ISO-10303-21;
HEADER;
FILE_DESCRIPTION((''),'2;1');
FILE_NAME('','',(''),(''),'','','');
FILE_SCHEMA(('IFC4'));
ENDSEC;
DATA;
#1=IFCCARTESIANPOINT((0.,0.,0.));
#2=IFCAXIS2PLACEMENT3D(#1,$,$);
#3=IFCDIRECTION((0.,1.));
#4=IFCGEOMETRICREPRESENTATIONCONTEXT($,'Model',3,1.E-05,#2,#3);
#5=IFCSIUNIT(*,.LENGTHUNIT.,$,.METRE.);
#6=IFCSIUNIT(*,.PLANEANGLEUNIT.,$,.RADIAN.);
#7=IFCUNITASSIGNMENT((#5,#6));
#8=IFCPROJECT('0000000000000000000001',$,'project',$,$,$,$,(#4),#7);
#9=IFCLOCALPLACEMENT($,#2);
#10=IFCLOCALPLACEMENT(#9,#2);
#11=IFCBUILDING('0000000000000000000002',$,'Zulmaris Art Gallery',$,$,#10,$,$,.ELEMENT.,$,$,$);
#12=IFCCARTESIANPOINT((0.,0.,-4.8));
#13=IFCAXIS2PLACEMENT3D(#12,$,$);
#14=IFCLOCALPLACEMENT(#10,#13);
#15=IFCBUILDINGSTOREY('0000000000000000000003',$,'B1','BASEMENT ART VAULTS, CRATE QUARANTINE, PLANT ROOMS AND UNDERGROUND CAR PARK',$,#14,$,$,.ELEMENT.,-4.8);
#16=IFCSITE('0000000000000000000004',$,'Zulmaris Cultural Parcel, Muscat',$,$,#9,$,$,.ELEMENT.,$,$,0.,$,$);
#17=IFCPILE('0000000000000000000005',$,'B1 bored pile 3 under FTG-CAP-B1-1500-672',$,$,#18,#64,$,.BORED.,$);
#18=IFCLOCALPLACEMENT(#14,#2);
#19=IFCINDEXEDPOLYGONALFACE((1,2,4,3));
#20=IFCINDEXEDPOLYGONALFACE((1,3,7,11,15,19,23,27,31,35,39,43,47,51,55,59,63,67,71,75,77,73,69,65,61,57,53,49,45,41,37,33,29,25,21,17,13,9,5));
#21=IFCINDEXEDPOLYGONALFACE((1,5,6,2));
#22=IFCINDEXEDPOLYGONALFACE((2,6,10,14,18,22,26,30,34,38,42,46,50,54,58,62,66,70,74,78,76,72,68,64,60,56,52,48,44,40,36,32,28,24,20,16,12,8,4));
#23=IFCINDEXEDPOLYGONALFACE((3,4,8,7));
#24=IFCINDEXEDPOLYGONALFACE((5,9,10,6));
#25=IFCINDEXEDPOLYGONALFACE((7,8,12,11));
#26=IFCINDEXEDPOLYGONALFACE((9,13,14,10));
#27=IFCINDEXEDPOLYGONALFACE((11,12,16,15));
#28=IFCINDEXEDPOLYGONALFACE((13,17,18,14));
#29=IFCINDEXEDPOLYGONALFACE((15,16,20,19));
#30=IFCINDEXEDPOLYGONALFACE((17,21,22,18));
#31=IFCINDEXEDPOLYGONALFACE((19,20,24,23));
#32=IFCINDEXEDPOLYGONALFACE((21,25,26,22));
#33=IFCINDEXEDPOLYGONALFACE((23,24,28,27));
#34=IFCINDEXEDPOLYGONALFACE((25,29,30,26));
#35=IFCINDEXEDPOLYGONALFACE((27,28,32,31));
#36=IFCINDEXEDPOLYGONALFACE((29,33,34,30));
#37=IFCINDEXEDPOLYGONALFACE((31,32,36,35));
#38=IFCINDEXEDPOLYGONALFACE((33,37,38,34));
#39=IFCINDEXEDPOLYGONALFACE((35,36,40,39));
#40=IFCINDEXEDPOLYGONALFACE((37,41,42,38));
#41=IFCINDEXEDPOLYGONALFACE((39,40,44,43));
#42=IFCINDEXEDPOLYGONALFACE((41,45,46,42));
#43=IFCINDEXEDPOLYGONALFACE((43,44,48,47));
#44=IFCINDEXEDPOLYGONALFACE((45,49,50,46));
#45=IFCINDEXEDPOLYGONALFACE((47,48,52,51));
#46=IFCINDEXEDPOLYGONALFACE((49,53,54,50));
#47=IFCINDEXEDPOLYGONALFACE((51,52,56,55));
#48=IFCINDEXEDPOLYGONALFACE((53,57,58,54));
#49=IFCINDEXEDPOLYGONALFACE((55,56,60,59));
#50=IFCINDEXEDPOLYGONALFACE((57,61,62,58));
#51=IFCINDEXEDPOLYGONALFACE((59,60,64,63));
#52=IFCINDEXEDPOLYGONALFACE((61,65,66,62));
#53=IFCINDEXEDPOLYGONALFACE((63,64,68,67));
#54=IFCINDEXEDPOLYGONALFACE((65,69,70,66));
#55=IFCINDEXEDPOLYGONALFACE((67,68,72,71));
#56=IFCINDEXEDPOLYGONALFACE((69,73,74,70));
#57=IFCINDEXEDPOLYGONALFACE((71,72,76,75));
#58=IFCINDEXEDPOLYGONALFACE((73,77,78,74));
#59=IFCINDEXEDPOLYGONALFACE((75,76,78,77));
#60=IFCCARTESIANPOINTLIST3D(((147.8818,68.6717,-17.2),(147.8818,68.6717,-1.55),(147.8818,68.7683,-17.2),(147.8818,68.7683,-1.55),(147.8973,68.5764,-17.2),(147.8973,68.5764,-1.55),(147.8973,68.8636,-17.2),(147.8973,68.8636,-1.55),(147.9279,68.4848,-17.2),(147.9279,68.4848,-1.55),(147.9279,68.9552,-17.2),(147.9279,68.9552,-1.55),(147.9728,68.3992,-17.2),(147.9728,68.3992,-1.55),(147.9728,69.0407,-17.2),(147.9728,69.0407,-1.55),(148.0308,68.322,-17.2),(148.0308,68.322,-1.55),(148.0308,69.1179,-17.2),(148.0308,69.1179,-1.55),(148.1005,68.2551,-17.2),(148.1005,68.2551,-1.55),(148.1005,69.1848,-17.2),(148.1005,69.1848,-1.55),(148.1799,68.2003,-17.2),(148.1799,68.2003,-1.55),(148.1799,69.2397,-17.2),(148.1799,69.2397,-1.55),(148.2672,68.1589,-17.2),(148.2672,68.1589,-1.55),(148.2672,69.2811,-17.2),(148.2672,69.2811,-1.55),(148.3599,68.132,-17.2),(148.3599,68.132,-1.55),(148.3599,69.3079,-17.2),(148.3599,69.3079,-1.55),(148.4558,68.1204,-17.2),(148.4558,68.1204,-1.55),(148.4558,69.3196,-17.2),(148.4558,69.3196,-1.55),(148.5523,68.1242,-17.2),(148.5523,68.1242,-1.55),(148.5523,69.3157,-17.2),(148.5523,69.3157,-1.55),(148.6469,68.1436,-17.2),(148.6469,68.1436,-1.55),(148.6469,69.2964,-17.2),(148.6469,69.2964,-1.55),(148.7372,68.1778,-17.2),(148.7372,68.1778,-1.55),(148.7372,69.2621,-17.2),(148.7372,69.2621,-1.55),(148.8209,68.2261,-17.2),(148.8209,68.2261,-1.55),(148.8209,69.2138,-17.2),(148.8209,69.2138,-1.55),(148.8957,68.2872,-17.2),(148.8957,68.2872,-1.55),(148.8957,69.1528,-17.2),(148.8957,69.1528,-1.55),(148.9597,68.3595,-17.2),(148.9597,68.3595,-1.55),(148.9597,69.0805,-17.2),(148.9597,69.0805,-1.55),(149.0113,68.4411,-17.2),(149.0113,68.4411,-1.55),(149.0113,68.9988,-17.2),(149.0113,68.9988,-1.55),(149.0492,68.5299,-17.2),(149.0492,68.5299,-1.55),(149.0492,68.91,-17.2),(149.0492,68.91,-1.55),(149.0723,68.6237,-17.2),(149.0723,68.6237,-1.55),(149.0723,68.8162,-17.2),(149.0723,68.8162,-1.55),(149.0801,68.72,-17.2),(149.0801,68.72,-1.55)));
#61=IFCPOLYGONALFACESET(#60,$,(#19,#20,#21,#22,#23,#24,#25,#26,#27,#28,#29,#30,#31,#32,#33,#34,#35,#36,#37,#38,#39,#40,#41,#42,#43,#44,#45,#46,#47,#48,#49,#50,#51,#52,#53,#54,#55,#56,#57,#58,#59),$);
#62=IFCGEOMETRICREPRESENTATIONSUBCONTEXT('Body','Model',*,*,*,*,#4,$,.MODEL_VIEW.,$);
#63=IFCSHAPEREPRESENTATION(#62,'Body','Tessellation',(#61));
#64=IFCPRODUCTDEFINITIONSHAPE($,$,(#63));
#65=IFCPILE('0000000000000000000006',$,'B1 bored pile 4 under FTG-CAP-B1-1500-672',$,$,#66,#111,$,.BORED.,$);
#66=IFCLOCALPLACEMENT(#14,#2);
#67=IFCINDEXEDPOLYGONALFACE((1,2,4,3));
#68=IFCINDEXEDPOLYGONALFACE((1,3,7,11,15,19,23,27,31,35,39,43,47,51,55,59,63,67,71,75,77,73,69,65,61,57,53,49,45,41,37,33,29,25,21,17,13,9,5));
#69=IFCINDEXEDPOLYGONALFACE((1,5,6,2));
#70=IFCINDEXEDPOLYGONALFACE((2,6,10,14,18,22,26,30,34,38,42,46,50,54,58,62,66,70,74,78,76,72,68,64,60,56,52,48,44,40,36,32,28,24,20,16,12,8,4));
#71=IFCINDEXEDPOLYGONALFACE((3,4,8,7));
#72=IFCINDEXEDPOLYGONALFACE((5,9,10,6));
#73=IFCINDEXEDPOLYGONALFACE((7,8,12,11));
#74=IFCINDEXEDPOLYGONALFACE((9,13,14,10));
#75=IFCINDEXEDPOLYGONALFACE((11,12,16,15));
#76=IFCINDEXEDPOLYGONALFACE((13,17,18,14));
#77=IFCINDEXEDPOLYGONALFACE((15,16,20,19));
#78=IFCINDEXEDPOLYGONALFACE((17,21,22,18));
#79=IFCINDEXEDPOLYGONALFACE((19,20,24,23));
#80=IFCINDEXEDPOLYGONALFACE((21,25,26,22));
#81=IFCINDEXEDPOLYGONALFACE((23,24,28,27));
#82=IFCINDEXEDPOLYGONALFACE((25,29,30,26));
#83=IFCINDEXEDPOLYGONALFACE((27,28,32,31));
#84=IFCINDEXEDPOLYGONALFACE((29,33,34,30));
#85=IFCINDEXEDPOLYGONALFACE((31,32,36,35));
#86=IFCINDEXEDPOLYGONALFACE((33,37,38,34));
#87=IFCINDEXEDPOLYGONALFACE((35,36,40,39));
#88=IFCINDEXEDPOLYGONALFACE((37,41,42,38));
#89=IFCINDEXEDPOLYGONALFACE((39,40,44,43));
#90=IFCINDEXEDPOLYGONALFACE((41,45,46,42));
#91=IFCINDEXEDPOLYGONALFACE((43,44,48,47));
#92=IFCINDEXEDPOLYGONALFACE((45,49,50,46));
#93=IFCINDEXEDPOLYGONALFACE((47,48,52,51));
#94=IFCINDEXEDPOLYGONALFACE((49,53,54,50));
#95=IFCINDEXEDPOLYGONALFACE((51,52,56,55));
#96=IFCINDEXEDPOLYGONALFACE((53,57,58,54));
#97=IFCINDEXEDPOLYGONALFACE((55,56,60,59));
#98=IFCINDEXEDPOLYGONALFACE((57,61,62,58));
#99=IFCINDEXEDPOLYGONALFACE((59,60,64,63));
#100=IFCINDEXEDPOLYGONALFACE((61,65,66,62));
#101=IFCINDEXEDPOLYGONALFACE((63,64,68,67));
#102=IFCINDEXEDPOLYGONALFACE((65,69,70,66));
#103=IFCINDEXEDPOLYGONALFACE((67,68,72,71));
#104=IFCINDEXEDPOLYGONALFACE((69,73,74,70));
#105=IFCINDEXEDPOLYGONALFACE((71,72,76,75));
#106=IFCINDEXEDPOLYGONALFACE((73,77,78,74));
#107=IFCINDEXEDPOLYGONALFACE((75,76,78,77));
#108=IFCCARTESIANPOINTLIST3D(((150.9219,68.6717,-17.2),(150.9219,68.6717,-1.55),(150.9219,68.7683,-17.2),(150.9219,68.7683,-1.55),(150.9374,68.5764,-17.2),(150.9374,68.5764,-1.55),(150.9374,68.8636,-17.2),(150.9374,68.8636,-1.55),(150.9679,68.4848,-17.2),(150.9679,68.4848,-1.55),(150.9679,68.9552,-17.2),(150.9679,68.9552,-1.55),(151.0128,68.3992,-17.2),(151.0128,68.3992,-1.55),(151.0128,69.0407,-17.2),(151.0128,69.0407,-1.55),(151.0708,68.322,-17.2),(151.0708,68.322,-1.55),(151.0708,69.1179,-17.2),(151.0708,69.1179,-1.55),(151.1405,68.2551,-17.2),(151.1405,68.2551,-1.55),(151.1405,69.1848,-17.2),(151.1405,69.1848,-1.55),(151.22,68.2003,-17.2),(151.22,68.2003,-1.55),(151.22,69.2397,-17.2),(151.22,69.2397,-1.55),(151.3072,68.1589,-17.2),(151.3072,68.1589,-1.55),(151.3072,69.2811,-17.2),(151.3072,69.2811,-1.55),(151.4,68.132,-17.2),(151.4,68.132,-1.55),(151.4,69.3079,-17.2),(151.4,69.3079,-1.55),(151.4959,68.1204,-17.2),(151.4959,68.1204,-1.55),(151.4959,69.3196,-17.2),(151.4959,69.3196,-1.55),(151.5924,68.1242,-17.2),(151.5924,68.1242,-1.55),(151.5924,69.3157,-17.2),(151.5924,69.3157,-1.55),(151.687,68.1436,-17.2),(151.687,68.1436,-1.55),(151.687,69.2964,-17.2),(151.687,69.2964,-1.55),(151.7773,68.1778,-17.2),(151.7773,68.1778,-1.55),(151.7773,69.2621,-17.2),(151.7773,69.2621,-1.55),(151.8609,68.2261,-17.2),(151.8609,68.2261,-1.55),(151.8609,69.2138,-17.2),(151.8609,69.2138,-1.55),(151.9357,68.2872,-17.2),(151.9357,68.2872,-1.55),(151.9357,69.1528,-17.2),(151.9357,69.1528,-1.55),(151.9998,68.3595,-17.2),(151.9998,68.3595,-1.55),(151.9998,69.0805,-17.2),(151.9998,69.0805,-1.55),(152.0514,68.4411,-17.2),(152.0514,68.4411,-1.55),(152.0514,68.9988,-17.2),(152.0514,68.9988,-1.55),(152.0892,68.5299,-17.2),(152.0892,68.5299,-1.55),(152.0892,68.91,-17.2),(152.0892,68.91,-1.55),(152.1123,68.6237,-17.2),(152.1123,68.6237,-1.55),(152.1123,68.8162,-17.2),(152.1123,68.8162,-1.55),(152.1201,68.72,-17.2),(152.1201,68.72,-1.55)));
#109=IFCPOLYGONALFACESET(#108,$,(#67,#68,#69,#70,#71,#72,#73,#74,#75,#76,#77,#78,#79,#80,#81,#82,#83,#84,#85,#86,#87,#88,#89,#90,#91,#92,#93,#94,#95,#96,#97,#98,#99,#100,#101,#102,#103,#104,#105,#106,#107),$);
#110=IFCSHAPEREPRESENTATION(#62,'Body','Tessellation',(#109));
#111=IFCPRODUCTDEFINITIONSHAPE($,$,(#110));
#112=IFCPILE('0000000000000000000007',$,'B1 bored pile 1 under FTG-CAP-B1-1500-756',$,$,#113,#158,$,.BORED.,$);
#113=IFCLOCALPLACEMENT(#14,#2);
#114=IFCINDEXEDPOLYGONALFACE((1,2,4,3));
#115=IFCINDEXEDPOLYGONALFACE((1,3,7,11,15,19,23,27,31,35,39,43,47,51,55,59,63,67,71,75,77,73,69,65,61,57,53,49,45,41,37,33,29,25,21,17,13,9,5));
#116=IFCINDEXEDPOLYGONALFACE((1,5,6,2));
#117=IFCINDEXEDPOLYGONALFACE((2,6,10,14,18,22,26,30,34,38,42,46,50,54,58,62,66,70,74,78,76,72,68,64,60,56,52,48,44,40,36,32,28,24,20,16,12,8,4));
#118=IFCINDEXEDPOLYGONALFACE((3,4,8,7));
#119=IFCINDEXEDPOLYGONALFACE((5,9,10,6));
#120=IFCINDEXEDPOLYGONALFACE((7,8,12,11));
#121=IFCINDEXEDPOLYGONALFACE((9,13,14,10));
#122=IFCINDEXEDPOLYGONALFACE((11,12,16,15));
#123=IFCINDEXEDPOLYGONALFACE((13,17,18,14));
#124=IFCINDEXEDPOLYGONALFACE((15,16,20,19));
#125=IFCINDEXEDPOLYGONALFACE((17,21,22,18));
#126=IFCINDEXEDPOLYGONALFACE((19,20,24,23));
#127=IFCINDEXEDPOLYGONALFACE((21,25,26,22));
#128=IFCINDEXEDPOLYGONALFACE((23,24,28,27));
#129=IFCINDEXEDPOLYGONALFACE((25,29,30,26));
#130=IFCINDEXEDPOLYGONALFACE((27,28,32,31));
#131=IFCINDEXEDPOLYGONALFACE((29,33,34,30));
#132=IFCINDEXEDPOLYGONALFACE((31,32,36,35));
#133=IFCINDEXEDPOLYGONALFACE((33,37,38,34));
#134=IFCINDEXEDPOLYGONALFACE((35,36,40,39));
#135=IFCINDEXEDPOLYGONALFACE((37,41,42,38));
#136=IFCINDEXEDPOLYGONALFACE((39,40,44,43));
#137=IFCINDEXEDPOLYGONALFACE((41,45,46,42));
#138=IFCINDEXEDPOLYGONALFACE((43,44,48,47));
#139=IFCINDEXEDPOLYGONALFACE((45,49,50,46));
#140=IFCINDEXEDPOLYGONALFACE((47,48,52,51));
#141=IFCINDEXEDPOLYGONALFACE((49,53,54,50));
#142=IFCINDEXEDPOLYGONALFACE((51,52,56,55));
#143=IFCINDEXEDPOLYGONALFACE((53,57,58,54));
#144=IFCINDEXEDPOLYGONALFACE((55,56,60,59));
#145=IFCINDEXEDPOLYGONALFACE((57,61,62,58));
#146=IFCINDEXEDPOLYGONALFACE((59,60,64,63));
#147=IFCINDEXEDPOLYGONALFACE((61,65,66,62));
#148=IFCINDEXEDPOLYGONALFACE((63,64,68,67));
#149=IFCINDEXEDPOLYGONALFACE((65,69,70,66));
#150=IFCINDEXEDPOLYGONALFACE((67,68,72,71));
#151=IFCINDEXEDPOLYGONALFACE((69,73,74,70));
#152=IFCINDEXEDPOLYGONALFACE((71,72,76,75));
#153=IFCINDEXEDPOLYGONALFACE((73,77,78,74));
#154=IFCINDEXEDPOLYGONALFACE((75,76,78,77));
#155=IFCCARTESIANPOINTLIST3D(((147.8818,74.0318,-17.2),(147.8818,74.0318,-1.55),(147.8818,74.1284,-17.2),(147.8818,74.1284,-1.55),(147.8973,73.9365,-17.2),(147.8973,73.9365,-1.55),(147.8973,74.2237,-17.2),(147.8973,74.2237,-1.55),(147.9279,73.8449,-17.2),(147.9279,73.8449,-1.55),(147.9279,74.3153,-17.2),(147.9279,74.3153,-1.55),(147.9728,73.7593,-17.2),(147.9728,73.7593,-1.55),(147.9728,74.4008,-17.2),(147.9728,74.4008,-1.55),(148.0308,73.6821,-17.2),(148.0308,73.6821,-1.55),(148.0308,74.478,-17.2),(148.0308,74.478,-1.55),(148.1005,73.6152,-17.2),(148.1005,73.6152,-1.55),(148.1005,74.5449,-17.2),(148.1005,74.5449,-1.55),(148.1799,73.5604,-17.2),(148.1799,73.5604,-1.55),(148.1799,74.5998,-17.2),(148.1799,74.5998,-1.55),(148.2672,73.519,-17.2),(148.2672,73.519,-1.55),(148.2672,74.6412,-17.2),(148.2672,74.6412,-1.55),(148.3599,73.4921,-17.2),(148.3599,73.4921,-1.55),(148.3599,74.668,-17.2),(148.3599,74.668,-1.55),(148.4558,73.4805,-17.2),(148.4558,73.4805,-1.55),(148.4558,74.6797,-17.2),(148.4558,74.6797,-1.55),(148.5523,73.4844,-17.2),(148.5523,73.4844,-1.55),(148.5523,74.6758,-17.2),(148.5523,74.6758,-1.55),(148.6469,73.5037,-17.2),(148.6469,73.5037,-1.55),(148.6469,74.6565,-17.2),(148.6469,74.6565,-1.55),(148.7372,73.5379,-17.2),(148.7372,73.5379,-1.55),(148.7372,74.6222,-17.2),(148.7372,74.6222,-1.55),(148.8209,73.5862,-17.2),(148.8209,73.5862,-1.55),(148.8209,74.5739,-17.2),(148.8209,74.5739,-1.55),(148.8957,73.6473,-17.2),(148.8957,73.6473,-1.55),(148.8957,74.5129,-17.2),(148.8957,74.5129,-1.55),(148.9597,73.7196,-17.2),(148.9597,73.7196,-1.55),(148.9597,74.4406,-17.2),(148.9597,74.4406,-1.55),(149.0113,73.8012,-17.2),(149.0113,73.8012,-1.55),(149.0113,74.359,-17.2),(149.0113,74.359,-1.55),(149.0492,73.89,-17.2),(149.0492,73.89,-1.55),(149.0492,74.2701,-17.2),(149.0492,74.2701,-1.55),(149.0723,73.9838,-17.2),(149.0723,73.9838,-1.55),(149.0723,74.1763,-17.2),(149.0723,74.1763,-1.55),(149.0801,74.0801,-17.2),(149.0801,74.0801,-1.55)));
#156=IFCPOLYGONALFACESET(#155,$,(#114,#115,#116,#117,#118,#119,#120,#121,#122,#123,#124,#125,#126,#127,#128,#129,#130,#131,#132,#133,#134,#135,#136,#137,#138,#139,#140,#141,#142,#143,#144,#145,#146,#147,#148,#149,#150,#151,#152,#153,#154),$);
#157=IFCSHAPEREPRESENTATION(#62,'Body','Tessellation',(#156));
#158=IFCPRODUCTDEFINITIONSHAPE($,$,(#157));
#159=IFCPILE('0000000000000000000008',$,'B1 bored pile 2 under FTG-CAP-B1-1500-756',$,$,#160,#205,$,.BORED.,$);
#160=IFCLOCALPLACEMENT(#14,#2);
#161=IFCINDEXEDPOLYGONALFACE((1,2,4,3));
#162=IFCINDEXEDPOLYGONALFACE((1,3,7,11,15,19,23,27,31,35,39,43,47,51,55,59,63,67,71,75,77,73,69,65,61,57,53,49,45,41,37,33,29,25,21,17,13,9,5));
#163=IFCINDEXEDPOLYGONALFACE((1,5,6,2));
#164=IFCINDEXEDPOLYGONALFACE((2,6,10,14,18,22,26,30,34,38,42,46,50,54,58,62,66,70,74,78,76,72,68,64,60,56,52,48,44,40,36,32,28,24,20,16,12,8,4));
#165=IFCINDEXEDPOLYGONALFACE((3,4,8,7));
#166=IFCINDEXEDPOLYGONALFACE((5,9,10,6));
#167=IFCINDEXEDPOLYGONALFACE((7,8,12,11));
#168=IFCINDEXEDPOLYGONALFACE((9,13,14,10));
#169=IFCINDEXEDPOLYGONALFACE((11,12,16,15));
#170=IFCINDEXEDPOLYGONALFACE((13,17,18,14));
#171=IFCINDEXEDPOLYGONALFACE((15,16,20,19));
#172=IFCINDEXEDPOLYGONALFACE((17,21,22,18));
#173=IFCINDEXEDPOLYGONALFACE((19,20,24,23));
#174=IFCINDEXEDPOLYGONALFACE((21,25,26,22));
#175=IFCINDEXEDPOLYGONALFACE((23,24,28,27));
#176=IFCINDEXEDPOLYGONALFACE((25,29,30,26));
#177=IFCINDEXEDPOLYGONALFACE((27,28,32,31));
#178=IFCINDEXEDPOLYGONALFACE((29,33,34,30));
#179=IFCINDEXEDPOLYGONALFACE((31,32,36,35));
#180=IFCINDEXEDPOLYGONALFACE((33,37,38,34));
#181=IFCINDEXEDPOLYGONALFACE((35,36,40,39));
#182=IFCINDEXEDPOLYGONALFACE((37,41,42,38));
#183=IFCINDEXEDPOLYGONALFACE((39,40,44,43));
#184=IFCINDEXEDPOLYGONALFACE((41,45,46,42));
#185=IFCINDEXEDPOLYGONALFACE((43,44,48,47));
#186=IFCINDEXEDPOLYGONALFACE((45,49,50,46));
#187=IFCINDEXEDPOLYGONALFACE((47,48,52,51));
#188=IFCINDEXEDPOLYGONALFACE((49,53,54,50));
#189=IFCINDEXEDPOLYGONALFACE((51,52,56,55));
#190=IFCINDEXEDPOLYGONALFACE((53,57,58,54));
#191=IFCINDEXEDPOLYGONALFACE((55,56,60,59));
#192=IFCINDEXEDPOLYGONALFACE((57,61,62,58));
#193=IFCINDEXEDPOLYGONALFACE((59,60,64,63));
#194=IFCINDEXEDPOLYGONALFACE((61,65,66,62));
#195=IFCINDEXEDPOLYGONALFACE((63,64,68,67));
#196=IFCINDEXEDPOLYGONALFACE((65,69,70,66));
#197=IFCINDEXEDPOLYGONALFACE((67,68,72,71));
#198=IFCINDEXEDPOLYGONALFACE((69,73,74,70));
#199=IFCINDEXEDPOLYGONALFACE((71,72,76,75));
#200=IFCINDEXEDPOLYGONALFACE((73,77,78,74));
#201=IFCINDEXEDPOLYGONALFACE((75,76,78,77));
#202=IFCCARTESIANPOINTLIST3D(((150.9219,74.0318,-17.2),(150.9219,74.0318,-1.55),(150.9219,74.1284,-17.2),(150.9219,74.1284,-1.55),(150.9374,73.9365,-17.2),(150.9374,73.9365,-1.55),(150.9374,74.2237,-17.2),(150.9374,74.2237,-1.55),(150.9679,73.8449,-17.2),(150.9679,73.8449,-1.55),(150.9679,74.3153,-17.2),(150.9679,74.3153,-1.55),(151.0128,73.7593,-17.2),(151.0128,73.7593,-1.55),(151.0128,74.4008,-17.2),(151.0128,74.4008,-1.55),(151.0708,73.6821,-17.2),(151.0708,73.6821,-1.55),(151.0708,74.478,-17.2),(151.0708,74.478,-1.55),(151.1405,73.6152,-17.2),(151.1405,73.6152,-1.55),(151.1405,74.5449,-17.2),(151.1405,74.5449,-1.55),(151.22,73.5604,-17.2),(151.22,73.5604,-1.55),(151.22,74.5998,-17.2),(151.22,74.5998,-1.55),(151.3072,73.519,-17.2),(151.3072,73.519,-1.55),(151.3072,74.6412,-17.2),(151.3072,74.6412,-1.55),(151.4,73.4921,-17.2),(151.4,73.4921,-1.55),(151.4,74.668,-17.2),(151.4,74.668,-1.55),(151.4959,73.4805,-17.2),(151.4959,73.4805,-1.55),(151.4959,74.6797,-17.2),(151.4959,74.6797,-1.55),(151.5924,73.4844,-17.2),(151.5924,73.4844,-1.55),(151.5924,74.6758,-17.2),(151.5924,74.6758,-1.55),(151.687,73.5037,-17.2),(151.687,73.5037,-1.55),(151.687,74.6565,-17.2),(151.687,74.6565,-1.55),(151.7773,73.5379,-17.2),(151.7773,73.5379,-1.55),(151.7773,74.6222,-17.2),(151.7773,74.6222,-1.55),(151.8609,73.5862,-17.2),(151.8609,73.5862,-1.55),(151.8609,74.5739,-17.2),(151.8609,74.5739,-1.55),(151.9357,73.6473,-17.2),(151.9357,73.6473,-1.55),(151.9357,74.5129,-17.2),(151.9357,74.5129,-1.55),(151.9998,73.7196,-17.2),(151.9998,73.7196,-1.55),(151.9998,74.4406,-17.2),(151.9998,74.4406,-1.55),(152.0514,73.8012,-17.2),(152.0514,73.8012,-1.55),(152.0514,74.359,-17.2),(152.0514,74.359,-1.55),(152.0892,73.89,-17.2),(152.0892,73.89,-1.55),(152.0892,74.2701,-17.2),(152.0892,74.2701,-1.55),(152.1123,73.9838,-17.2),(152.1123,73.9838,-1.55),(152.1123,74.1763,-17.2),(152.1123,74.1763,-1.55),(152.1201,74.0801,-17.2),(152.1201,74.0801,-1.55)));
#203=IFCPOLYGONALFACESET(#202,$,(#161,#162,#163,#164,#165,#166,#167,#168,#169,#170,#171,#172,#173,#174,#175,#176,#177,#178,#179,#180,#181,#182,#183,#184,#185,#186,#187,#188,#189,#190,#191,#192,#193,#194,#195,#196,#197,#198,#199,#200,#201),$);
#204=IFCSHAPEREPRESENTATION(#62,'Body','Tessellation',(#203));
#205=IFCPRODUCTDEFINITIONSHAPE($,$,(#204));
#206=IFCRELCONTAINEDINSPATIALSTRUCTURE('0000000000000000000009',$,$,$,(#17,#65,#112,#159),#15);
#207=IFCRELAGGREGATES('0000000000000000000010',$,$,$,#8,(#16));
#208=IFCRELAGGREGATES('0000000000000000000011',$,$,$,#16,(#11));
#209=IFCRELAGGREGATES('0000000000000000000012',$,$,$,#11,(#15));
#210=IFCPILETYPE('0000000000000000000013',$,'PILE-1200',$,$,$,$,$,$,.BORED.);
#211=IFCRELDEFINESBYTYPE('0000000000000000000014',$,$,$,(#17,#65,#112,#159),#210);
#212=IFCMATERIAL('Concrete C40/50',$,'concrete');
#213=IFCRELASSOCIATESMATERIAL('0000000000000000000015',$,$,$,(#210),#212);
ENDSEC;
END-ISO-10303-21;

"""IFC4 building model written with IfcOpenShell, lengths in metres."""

from ifc_helpers import new_model, si_unit, direction, frame, origin, origin_2d, place, context, subcontext, project, spatial, circle, extrude, material, material_profile, profile_set, type_object, element, save


model = new_model("IFC4")

# Units and contexts
model_context = context("Model", 3, precision=1e-05, world=origin(), true_north=direction((0.0, 1.0)))
body_context = subcontext(model_context, "Body", "Model", "MODEL_VIEW")
ifc_project = project(units=[si_unit("LENGTHUNIT", "METRE"), si_unit("PLANEANGLEUNIT", "RADIAN")], contexts=[model_context])

# Site, building, storey
site_placement = place(None, origin())
site = spatial("IfcSite", under=ifc_project, at=site_placement, Name="Zulmaris Cultural Parcel, Muscat", CompositionType="ELEMENT", RefElevation=0.0)
building_placement = place(site_placement, origin())
building = spatial("IfcBuilding", under=site, at=building_placement, Name="Zulmaris Art Gallery", CompositionType="ELEMENT")
storey_placement = place(building_placement, frame((0.0, 0.0, -4.8)))
storey = spatial("IfcBuildingStorey", under=building, at=storey_placement, Name="B1", Description="BASEMENT ART VAULTS, CRATE QUARANTINE, PLANT ROOMS AND UNDERGROUND CAR PARK", CompositionType="ELEMENT", Elevation=-4.8)

# Piles
ifc_material_1 = material(Name="Concrete C40/50", Category="concrete")
ifc_material_profile_1 = material_profile(ifc_material_1, circle(Radius=0.6001, at=origin_2d()), Name="PILE DIA 1200")
ifc_profile_set_1 = profile_set([ifc_material_profile_1], Name="Concrete C40/50")
pile_type = type_object("IfcPileType", Name="PILE-1200", PredefinedType="BORED", material=ifc_profile_set_1)
for number, where, z_axis, x_axis, name in (
    (1, (148.48, 68.72, -1.55), (0.0, 0.0, -1.0), (1.0, 0.0, 0.0), "B1 bored pile 3 under FTG-CAP-B1-1500-672"),
    (2, (151.52, 68.72, -1.55), (0.0, 0.0, -1.0), (1.0, 0.0, 0.0), "B1 bored pile 4 under FTG-CAP-B1-1500-672"),
    (3, (148.48, 74.0801, -1.55), (0.0, 0.0, -1.0), (1.0, 0.0, 0.0), "B1 bored pile 1 under FTG-CAP-B1-1500-756"),
    (4, (151.52, 74.0801, -1.55), (0.0, 0.0, -1.0), (1.0, 0.0, 0.0), "B1 bored pile 2 under FTG-CAP-B1-1500-756"),
):
    element("IfcPile", number, at=place(storey_placement, frame(where, z_axis=z_axis, x_axis=x_axis)), inside=storey, type_object=pile_type, Name=name, PredefinedType="BORED", context=body_context, shape_type="SweptSolid", body=[
        extrude(circle(Radius=0.6001, at=origin_2d()), origin(), (0.0, 0.0, 1.0), 15.6499),
    ])

save(model, "model.ifc")
